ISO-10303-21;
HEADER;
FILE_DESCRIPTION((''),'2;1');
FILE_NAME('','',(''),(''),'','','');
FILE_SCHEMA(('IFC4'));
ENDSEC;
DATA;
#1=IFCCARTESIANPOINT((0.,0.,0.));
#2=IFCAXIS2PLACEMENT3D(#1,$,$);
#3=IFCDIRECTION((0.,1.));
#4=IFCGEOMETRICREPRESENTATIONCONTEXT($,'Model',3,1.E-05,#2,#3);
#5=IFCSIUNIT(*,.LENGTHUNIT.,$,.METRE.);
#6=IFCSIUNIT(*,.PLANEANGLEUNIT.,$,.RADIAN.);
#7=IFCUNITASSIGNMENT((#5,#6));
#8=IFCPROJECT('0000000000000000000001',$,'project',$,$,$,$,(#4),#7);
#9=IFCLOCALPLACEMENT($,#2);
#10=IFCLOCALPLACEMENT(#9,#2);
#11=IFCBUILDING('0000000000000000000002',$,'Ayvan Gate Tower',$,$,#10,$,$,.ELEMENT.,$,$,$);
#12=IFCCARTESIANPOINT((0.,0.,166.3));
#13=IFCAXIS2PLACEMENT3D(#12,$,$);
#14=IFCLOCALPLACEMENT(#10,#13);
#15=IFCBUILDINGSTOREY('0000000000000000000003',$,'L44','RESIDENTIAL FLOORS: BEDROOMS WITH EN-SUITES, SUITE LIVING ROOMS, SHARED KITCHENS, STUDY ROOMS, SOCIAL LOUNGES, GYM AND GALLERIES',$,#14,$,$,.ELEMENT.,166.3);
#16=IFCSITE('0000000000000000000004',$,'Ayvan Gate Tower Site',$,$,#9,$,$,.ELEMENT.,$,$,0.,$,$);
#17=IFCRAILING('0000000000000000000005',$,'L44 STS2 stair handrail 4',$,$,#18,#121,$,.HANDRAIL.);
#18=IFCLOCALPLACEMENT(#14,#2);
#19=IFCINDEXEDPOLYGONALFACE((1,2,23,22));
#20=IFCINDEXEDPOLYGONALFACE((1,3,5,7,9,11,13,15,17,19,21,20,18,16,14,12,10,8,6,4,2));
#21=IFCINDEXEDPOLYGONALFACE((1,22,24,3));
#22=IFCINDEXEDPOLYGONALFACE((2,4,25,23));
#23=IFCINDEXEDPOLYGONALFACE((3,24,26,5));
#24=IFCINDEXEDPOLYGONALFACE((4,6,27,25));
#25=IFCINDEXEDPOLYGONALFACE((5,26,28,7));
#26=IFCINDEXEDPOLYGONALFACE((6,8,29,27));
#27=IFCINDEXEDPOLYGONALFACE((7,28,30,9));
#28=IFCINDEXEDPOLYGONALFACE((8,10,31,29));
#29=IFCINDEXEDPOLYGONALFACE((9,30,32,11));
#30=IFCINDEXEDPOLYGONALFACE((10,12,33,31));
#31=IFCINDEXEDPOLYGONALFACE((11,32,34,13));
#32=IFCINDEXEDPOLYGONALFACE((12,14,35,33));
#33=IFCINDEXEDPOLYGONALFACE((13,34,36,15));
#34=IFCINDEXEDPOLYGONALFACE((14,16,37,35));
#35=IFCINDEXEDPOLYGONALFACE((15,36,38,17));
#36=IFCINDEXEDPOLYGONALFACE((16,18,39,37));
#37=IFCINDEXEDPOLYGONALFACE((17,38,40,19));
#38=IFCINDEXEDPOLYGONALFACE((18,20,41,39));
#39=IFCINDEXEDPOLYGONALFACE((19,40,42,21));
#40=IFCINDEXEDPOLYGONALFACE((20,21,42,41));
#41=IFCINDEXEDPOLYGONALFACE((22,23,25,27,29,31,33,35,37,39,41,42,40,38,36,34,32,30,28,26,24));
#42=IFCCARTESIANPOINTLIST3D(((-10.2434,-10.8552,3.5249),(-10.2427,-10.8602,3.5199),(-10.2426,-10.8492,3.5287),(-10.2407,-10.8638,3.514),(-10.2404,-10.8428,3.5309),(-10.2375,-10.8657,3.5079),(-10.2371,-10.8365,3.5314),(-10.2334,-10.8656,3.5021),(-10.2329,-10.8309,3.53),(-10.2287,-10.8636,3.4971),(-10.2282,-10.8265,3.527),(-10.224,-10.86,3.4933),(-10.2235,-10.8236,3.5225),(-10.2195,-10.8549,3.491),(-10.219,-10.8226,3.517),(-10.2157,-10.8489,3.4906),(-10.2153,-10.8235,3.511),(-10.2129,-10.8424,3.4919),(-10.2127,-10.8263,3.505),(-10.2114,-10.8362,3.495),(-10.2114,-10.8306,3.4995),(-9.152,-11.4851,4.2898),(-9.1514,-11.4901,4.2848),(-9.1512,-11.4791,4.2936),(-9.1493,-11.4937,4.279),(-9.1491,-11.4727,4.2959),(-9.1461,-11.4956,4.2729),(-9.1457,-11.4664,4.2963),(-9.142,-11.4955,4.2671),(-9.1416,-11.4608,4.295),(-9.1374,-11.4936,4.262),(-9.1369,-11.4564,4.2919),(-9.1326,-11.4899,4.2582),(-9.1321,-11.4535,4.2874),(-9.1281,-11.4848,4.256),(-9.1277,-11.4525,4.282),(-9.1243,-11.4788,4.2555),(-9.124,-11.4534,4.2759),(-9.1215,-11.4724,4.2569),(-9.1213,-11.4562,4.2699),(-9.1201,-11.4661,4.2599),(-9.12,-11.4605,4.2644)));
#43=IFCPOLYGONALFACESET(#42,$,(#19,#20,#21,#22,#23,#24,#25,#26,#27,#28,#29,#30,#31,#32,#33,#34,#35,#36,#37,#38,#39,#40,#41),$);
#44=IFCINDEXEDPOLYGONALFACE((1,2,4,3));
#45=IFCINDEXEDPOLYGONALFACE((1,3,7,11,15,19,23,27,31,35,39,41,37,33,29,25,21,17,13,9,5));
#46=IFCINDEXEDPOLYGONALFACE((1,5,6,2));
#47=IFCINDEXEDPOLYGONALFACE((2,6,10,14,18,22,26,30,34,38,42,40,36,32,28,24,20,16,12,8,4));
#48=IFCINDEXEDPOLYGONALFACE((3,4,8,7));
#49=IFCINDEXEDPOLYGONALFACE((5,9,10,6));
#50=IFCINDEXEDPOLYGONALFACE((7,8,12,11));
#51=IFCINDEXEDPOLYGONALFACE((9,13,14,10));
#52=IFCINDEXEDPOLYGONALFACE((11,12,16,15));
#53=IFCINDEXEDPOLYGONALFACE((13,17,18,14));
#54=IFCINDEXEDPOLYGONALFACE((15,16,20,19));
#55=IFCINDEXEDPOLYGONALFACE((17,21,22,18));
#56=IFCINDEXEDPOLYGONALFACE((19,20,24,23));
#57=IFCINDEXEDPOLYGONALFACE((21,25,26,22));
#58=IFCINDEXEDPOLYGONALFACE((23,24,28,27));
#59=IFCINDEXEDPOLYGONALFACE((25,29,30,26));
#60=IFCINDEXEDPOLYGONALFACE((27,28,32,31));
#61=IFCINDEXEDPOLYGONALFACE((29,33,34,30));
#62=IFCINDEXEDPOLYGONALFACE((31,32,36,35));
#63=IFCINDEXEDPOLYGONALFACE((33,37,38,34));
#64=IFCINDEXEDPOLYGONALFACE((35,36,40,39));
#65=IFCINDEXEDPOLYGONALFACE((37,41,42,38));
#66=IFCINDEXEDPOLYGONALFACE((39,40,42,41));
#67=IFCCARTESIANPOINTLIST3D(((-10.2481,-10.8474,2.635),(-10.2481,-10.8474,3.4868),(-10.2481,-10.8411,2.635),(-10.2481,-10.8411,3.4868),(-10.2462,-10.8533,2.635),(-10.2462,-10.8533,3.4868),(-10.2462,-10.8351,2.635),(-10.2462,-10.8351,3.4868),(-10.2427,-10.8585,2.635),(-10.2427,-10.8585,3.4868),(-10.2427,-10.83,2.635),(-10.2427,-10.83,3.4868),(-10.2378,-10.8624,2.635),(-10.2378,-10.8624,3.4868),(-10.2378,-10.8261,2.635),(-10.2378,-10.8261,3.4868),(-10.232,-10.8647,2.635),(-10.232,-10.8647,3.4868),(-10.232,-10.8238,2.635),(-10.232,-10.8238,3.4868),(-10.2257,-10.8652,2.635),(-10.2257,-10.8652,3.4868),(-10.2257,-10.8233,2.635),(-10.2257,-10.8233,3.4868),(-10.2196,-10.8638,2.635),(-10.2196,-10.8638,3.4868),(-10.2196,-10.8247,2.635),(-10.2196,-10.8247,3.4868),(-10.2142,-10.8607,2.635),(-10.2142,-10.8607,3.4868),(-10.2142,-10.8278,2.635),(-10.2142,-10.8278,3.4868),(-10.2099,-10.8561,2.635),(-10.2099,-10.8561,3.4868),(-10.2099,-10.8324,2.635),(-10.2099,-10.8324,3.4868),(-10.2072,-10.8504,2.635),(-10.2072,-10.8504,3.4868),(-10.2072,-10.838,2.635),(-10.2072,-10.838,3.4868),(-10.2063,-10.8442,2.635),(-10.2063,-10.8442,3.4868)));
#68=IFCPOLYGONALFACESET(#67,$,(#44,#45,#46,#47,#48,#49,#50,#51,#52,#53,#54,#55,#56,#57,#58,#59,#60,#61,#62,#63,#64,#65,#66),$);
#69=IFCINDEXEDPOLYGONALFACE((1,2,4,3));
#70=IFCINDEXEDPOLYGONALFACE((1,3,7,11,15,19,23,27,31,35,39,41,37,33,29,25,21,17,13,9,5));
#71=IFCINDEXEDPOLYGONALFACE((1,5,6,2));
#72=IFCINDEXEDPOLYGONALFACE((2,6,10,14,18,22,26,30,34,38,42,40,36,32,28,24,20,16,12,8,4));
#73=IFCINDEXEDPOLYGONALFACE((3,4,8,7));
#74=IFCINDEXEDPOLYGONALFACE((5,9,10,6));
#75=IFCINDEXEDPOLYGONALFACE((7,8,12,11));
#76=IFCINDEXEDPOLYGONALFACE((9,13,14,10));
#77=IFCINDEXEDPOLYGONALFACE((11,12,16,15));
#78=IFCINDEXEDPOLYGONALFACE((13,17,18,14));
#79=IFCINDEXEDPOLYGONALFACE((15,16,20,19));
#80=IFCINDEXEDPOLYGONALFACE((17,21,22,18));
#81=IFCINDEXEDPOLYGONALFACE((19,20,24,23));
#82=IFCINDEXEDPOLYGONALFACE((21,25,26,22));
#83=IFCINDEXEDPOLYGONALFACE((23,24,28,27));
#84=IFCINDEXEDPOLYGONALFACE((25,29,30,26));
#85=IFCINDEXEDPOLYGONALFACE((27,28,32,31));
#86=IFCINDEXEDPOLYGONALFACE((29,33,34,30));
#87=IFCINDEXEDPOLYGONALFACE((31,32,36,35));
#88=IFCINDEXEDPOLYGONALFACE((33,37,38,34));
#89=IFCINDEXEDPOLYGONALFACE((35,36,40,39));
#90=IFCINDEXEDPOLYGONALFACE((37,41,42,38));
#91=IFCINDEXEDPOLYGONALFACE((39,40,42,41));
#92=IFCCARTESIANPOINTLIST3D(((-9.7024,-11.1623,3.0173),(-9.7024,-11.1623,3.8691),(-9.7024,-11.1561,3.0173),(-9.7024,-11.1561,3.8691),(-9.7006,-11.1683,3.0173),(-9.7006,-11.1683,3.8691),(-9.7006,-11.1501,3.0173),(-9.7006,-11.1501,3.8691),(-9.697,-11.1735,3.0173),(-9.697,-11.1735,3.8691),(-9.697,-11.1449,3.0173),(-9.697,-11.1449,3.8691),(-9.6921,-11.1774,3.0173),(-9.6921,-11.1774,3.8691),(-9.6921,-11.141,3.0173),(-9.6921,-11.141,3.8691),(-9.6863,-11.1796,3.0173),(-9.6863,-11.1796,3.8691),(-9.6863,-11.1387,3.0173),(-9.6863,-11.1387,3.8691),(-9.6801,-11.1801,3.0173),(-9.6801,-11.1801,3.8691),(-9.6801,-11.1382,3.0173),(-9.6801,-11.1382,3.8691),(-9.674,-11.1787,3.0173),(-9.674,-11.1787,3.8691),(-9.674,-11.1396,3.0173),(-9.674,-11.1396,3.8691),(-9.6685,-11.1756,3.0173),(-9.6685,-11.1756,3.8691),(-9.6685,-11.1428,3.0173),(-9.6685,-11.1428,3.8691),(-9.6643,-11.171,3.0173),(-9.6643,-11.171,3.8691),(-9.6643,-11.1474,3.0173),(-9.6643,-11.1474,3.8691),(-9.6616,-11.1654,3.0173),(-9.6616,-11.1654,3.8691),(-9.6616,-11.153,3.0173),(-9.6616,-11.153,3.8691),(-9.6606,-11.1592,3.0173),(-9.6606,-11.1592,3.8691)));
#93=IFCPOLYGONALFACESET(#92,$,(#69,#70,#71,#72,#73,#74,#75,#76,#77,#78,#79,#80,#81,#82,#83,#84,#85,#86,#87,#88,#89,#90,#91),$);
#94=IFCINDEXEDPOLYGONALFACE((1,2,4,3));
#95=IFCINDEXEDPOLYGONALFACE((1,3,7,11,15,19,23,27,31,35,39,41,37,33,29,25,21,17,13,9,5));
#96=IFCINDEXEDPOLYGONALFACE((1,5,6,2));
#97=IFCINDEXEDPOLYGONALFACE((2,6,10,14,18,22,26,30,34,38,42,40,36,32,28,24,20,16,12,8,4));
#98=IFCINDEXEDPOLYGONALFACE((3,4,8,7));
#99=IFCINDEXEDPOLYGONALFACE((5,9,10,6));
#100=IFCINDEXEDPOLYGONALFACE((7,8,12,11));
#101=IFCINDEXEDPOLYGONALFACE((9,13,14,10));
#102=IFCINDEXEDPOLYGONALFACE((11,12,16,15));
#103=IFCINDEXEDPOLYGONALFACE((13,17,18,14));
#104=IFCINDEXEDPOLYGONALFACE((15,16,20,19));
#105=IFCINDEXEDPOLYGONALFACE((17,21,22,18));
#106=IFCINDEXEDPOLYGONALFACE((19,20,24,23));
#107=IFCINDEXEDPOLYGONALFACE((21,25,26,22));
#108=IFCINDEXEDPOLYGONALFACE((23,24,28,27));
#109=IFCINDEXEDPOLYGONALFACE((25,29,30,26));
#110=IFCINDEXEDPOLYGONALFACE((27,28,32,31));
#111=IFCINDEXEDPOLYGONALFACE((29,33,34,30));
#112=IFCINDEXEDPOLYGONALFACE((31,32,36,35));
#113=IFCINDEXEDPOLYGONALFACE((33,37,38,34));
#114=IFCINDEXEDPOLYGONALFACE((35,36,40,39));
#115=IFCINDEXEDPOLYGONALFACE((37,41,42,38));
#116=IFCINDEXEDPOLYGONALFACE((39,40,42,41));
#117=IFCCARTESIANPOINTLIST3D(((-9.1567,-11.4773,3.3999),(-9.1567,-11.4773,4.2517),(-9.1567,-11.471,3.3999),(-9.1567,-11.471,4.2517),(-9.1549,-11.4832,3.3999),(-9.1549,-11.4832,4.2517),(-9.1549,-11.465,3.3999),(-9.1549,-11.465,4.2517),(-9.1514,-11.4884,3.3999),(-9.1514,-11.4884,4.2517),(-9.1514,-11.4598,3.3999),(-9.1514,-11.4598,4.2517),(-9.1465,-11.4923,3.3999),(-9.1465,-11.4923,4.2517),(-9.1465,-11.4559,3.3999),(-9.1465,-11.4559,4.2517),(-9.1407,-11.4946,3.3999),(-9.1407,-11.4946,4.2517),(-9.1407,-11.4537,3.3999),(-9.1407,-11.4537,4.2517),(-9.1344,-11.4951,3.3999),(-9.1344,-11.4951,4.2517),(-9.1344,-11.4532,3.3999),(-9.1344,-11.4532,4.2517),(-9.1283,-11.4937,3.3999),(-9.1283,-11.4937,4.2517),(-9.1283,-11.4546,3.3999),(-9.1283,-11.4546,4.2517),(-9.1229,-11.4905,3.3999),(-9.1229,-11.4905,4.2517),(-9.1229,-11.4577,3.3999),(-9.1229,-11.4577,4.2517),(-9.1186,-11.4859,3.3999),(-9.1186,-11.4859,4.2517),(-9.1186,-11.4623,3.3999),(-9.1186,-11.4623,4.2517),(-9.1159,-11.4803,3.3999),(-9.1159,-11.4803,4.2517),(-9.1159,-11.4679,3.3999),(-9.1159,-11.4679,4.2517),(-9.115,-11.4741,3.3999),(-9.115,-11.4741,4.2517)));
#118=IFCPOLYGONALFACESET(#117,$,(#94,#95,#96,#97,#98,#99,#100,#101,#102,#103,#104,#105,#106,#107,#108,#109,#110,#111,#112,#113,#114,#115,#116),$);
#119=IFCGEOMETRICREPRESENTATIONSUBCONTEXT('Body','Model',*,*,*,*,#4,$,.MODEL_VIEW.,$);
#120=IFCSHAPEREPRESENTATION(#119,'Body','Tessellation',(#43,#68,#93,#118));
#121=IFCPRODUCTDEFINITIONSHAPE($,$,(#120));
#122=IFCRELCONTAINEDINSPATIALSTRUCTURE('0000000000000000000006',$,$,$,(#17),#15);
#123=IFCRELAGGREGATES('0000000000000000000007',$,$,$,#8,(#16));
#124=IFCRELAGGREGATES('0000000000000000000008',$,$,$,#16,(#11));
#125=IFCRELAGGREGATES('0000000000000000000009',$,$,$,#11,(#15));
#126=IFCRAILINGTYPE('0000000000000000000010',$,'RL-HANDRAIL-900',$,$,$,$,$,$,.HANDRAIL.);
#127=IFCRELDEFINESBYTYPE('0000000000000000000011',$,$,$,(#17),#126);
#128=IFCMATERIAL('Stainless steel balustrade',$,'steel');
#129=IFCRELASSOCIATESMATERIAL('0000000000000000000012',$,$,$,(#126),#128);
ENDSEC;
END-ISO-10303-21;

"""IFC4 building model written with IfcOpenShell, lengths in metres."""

from ifc_helpers import new_model, si_unit, direction, frame, origin, origin_2d, place, context, subcontext, project, spatial, circle, extrude, material, type_object, element, save


model = new_model("IFC4")

# Units and contexts
model_context = context("Model", 3, precision=1e-05, world=origin(), true_north=direction((0.0, 1.0)))
body_context = subcontext(model_context, "Body", "Model", "MODEL_VIEW")
ifc_project = project(units=[si_unit("LENGTHUNIT", "METRE"), si_unit("PLANEANGLEUNIT", "RADIAN")], contexts=[model_context])

# Site, building, storey
site_placement = place(None, origin())
site = spatial("IfcSite", under=ifc_project, at=site_placement, Name="Ayvan Gate Tower Site", CompositionType="ELEMENT", RefElevation=0.0)
building_placement = place(site_placement, origin())
building = spatial("IfcBuilding", under=site, at=building_placement, Name="Ayvan Gate Tower", CompositionType="ELEMENT")
storey_placement = place(building_placement, frame((0.0, 0.0, 166.3)))
storey = spatial("IfcBuildingStorey", under=building, at=storey_placement, Name="L44", Description="RESIDENTIAL FLOORS: BEDROOMS WITH EN-SUITES, SUITE LIVING ROOMS, SHARED KITCHENS, STUDY ROOMS, SOCIAL LOUNGES, GYM AND GALLERIES", CompositionType="ELEMENT", Elevation=166.3)

# Railing
ifc_material_1 = material(Name="Stainless steel balustrade", Category="steel")
railing_type_1 = type_object("IfcRailingType", Name="RL-HANDRAIL-900", PredefinedType="HANDRAIL", material=ifc_material_1)
railing_1_placement = place(storey_placement, frame((-10.2273, -10.8442, 2.635)))
element("IfcRailing", 1, at=railing_1_placement, inside=storey, type_object=railing_type_1, Name="L44 STS2 stair handrail 4", PredefinedType="HANDRAIL", context=body_context, shape_type="SweptSolid", body=[
    extrude(circle(Radius=0.0239, at=origin_2d()), frame((0.0, 0.0, 0.876), z_axis=(0.740357, -0.42732, 0.518912), x_axis=(0.49989, 0.866089, 0.0)), (0.0, 0.0, 1.0), 1.4741),
    extrude(circle(Radius=0.021, at=origin_2d()), origin(), (0.0, 0.0, 1.0), 0.8518),
    extrude(circle(Radius=0.021, at=origin_2d()), frame((0.5457, -0.3149, 0.3823)), (0.0, 0.0, 1.0), 0.8518),
    extrude(circle(Radius=0.021, at=origin_2d()), frame((1.0913, -0.6299, 0.7649)), (0.0, 0.0, 1.0), 0.8518),
])

save(model, "model.ifc")
